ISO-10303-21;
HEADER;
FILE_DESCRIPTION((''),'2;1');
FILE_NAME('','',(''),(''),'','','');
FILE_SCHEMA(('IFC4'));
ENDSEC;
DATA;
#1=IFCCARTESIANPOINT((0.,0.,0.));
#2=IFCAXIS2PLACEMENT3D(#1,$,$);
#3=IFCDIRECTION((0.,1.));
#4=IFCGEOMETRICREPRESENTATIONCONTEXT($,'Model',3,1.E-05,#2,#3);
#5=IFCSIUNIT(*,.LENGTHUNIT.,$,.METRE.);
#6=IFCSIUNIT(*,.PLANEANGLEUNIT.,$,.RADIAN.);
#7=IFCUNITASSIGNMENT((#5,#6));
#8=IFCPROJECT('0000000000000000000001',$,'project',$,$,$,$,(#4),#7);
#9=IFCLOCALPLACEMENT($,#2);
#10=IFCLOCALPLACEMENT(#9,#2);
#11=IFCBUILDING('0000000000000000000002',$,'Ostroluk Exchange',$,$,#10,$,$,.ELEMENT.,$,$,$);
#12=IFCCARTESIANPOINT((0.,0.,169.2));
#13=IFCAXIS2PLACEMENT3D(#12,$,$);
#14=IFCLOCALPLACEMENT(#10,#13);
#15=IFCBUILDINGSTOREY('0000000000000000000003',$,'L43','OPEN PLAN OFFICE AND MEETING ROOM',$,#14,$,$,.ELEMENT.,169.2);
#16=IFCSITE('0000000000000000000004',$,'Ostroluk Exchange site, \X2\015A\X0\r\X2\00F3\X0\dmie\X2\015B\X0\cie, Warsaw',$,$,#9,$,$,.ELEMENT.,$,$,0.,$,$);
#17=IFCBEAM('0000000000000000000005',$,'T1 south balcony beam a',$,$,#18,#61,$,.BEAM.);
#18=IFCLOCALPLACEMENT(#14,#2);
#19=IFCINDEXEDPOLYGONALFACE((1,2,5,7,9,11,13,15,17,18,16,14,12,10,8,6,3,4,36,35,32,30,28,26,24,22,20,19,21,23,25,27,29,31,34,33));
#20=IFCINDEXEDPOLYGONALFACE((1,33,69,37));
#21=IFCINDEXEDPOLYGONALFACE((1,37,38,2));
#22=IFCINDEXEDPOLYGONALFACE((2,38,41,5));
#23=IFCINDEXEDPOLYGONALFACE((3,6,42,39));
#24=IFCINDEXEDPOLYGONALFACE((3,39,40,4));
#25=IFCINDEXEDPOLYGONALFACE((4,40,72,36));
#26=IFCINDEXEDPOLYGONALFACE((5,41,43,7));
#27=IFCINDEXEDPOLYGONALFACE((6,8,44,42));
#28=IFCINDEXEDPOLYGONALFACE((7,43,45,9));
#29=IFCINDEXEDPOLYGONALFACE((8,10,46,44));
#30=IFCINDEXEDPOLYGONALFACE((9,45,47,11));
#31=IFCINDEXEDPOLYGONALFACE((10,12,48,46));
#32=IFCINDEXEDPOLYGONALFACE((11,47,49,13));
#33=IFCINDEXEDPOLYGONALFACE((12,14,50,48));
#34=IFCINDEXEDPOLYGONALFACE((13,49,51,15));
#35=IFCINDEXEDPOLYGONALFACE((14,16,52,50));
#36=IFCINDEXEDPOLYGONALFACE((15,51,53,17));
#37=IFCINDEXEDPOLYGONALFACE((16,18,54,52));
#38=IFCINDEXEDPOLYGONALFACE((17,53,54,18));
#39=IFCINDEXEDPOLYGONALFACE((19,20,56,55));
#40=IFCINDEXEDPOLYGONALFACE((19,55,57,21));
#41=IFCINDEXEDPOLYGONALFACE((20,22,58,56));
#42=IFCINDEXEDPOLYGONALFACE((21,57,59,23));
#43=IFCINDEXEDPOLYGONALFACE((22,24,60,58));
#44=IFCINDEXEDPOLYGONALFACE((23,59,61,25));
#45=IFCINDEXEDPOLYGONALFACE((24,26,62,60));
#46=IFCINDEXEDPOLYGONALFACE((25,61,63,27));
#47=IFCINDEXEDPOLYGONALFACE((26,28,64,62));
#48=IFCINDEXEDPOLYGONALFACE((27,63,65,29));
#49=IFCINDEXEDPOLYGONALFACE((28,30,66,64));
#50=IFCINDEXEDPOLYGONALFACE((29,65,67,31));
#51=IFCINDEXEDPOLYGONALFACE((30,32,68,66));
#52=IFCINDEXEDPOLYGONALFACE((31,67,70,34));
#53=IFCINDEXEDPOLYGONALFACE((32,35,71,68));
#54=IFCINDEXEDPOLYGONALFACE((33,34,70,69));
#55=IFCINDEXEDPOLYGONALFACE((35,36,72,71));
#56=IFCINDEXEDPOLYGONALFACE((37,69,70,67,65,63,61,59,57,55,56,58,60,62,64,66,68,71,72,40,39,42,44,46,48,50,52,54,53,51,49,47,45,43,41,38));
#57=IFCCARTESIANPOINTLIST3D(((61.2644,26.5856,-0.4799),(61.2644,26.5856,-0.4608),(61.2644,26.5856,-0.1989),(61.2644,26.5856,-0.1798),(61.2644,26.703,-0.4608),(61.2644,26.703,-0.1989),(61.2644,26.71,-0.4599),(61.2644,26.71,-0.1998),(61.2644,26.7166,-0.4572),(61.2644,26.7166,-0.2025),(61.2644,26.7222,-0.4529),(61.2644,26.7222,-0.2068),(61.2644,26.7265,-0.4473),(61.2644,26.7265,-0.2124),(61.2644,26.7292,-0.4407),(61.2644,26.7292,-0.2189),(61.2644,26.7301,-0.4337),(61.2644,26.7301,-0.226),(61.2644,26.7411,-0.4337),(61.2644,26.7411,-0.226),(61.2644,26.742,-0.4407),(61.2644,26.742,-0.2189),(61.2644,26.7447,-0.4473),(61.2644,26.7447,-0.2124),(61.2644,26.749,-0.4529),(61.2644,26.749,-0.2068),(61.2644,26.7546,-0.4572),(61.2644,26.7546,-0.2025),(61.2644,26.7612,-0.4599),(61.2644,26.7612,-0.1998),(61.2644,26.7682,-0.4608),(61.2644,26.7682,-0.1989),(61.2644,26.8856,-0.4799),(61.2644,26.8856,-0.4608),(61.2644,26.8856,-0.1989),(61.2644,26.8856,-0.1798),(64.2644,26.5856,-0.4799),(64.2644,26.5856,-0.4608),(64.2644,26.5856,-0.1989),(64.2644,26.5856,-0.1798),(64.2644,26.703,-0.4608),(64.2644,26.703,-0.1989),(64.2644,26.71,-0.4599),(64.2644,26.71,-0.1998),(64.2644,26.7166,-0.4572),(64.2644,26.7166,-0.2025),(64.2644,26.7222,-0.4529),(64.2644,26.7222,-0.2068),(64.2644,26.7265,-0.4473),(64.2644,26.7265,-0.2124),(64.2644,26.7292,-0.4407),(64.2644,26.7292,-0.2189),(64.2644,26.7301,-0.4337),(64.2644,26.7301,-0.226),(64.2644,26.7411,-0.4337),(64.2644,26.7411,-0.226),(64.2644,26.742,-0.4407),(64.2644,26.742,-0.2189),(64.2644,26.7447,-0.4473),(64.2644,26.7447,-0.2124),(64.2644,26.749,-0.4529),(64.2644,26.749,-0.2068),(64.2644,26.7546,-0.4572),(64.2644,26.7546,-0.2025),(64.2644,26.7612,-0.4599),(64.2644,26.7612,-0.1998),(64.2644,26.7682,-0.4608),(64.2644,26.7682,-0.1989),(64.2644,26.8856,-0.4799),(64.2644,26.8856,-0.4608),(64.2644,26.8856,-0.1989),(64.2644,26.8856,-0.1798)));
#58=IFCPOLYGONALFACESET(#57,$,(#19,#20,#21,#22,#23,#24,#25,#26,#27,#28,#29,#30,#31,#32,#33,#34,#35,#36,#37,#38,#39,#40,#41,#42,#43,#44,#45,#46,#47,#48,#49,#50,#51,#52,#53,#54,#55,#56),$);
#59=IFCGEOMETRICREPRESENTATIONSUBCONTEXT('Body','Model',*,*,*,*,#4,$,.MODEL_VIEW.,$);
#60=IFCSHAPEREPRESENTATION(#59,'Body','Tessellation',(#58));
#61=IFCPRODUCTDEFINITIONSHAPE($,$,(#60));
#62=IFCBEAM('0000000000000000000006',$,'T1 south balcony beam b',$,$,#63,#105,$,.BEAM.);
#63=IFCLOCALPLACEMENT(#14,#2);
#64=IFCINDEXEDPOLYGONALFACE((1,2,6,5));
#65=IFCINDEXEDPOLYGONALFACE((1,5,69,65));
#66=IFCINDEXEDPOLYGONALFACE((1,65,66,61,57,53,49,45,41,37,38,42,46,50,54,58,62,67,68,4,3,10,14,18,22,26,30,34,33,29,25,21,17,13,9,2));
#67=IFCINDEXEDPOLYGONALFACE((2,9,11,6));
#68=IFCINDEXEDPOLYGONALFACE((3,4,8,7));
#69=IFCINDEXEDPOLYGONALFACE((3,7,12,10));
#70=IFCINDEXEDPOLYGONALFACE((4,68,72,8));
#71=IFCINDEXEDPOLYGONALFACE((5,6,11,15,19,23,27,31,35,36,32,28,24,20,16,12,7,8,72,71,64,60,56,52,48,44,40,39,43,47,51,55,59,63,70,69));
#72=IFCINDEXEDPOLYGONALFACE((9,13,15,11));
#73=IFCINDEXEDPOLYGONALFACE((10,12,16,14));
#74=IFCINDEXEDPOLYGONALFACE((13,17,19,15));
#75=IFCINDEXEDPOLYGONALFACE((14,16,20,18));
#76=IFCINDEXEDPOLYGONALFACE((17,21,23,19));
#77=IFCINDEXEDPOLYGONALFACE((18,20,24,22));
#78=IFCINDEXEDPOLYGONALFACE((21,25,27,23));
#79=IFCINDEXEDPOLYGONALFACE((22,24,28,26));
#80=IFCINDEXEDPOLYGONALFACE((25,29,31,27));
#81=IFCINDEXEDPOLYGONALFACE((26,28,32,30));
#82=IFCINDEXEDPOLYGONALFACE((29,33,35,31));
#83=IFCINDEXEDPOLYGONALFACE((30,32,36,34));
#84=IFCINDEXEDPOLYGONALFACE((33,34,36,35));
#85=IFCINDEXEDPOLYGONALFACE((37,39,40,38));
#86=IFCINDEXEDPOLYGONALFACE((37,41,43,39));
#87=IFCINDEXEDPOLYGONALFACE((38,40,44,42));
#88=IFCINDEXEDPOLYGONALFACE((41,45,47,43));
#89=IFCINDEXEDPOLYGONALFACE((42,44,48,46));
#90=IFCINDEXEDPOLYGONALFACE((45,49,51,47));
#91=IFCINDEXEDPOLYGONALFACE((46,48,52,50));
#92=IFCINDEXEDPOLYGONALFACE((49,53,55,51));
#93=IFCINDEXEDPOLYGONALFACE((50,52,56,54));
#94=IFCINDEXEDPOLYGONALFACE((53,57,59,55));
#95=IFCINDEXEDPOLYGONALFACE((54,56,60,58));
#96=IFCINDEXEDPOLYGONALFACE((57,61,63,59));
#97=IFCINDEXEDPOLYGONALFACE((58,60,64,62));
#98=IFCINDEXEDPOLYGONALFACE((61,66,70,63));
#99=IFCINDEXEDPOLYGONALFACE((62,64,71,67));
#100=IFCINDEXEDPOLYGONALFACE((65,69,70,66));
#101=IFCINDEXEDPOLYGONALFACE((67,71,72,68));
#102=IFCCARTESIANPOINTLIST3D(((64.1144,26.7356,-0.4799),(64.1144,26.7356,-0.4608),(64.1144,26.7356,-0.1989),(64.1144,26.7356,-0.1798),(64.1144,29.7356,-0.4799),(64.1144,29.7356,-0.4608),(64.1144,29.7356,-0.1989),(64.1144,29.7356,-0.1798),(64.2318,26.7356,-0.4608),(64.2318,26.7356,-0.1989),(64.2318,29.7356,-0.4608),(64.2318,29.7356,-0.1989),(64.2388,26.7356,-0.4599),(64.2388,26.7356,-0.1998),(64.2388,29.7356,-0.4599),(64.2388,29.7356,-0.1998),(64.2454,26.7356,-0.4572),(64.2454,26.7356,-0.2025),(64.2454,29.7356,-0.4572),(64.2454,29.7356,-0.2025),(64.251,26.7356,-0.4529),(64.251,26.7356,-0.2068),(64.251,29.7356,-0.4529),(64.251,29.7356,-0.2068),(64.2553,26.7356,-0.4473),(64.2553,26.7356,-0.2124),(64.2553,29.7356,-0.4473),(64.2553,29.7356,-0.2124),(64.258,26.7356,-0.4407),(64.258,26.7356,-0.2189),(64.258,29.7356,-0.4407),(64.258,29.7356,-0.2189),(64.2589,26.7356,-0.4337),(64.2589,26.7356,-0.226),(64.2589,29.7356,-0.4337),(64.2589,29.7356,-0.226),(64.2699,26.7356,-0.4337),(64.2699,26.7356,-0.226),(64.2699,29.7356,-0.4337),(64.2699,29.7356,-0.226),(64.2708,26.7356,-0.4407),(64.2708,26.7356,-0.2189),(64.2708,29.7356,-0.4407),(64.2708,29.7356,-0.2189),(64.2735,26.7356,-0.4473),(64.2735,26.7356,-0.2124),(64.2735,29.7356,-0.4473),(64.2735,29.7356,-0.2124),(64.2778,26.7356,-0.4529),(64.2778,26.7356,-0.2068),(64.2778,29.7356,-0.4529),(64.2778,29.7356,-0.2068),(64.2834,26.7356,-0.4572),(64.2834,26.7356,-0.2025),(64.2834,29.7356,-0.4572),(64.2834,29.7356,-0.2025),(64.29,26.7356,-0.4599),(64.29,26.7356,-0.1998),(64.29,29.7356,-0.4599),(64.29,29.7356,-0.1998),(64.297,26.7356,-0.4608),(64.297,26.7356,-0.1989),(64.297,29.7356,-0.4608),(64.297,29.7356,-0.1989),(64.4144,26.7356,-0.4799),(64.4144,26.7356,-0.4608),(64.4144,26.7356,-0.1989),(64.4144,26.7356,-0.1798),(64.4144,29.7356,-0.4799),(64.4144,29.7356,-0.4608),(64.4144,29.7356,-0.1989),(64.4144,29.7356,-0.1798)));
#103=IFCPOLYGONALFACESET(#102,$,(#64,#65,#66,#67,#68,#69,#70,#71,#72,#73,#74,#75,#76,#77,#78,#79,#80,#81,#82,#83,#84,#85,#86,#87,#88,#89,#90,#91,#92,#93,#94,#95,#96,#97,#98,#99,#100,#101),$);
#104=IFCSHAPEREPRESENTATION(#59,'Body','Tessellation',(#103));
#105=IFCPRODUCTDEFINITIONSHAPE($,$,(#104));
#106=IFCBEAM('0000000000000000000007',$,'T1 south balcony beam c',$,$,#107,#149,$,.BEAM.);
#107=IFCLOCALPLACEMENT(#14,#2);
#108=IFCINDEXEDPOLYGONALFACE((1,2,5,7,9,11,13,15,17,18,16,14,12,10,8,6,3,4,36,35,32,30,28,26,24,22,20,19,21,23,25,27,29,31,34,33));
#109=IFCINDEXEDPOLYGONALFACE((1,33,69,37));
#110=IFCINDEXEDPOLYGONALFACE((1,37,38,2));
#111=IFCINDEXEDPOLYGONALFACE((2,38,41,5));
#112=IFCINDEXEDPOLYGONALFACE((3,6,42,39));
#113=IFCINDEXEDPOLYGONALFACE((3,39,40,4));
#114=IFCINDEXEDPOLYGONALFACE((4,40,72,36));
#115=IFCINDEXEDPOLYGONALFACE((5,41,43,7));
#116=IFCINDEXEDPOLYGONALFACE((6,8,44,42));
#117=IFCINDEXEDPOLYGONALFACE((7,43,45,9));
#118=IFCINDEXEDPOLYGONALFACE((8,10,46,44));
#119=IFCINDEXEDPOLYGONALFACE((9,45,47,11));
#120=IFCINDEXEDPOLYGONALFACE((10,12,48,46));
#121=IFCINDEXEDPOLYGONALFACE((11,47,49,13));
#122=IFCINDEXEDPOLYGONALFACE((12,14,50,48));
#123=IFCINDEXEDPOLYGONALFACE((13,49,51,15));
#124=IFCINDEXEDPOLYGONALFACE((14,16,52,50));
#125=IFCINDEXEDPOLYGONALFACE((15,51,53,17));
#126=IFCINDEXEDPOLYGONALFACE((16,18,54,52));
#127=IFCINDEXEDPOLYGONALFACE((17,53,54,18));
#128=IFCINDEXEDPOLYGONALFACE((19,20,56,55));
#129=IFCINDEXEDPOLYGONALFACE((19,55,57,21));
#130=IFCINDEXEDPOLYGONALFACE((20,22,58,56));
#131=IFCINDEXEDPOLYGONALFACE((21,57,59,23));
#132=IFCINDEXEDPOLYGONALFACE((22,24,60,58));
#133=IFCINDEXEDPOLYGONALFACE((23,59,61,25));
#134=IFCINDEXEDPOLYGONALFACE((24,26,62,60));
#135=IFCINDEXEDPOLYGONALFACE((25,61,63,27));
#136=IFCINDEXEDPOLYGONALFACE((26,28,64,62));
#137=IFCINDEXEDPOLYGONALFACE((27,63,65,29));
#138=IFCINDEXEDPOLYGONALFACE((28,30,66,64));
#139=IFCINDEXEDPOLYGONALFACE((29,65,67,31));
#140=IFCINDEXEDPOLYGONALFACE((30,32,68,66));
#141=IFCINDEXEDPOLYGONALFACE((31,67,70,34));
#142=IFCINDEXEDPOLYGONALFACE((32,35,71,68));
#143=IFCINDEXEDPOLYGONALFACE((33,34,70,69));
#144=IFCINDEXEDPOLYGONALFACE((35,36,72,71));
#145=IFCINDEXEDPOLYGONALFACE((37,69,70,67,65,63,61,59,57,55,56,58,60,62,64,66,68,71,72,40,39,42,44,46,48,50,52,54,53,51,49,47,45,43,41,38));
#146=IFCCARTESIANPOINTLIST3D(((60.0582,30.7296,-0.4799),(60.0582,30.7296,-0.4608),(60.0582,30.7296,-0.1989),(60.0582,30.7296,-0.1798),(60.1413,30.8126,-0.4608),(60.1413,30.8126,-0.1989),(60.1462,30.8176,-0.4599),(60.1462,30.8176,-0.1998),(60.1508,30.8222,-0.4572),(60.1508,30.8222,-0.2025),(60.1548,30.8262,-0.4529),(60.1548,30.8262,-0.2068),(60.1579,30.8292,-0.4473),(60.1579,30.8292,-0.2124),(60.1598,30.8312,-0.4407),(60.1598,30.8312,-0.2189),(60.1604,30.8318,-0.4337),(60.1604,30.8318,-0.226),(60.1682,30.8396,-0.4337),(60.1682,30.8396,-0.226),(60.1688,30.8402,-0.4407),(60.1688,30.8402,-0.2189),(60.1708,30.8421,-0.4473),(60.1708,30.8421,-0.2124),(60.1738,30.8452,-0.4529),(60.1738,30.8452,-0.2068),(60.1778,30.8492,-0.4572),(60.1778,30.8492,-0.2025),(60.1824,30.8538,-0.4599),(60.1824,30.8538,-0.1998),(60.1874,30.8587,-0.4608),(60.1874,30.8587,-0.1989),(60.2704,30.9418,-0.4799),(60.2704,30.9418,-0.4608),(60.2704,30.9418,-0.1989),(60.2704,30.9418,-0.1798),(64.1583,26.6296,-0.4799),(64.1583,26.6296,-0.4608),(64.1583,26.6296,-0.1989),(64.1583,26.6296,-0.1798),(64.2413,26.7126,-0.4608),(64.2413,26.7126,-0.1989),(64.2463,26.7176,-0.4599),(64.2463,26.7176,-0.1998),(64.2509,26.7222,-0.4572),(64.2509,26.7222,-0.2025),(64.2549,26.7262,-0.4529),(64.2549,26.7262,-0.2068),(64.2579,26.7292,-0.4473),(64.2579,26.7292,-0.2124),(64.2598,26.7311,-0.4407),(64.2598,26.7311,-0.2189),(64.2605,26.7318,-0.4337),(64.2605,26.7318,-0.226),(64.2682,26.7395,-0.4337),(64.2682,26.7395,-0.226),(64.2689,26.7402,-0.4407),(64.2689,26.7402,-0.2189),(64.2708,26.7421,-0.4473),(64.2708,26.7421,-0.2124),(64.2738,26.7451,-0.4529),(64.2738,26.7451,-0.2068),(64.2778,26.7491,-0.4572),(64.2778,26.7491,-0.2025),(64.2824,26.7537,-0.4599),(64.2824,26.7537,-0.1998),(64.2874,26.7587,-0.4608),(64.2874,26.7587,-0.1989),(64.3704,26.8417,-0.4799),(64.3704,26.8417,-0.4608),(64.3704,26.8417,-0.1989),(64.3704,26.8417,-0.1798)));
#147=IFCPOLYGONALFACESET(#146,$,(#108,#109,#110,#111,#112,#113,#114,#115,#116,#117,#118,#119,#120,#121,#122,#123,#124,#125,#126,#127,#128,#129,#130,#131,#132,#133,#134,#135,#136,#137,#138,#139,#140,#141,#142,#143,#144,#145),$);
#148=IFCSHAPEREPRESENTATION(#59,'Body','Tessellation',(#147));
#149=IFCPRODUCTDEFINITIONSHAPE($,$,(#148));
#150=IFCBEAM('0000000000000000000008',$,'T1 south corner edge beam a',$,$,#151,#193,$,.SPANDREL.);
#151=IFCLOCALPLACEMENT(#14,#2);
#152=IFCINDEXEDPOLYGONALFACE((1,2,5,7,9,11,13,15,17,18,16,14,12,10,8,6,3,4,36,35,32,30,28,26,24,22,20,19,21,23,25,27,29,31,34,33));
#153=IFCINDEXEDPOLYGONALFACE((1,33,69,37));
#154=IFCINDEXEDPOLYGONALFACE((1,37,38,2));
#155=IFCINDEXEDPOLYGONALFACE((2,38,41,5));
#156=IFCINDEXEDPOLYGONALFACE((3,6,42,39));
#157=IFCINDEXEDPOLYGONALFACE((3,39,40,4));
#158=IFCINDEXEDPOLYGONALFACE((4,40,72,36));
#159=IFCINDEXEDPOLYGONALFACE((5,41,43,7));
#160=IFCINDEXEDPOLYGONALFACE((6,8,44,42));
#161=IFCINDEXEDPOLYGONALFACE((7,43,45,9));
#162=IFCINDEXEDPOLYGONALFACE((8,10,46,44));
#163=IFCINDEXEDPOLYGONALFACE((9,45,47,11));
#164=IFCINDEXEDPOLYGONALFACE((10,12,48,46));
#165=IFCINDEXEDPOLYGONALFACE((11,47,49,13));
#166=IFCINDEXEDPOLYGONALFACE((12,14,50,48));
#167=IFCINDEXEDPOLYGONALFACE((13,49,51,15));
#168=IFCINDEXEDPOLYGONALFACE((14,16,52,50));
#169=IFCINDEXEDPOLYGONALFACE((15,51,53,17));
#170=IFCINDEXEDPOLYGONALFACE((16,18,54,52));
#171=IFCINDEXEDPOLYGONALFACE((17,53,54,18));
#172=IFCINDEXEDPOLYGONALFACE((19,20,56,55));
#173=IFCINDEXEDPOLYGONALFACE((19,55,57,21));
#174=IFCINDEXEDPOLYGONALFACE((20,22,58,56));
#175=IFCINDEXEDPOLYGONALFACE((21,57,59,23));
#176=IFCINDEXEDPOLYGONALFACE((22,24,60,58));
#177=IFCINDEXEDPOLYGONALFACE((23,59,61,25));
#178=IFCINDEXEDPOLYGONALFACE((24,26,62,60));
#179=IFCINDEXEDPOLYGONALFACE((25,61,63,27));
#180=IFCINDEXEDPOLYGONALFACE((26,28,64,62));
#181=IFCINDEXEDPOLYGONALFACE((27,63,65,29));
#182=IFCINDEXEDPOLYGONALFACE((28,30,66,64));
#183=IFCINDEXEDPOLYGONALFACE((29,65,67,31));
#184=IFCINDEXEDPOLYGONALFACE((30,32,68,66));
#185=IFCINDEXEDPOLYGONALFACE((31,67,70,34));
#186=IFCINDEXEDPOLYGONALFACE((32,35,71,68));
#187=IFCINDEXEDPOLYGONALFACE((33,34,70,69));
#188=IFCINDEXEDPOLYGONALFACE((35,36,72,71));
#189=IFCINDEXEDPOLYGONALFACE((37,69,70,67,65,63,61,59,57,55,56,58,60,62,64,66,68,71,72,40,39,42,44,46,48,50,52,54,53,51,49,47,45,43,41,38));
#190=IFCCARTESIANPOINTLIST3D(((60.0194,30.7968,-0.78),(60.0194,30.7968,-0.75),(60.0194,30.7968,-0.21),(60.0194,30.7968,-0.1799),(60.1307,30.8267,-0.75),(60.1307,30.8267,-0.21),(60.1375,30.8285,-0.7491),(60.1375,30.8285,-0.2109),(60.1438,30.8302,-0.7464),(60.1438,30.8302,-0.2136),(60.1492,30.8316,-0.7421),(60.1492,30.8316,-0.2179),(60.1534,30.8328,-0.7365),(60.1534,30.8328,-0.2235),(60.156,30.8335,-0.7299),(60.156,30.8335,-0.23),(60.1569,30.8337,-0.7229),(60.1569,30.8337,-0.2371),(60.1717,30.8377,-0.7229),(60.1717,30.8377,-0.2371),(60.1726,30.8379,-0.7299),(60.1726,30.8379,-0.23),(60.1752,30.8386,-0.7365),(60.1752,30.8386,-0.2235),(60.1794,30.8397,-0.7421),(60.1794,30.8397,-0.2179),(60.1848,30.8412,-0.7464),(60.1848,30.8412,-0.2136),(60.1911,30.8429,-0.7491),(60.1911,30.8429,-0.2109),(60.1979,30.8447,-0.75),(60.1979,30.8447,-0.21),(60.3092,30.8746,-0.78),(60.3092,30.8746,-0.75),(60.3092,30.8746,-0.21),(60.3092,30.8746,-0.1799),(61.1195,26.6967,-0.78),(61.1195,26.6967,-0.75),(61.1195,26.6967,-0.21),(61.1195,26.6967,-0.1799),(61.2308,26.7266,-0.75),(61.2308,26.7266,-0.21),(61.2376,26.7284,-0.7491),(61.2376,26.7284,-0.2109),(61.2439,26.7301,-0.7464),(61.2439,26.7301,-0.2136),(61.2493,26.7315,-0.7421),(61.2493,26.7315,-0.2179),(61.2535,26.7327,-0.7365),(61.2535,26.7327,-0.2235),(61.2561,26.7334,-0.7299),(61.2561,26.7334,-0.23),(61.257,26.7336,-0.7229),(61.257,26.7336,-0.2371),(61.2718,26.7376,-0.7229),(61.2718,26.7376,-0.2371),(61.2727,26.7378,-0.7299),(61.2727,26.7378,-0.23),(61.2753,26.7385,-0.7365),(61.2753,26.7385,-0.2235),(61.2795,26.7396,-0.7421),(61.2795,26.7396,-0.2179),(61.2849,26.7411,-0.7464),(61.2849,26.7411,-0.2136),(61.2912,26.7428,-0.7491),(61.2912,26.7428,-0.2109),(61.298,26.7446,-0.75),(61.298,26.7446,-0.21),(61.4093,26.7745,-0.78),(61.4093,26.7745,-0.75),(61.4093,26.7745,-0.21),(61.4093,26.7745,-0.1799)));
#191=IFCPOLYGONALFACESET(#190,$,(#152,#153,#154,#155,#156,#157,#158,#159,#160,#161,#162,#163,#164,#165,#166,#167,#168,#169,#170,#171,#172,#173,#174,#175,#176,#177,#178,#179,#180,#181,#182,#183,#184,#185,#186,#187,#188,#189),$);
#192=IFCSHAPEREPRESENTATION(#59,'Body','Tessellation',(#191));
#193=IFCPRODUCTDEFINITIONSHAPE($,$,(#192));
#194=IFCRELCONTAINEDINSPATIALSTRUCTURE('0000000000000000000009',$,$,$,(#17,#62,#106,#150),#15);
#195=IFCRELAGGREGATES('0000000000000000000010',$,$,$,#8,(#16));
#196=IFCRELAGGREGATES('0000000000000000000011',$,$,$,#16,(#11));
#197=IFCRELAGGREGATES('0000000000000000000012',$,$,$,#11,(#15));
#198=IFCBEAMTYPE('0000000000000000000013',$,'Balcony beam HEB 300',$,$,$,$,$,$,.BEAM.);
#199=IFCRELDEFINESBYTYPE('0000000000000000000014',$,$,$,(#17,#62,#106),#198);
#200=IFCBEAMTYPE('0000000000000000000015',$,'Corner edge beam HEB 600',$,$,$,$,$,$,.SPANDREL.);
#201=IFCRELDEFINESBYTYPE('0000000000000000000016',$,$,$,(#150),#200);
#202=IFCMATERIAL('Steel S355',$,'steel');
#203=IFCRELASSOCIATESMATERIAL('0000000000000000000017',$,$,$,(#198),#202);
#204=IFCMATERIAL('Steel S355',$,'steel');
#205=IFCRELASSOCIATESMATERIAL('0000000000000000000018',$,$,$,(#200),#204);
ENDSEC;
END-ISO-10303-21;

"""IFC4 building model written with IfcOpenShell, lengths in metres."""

from ifc_helpers import new_model, si_unit, direction, frame, origin, origin_2d, place, context, subcontext, project, spatial, i_section, extrude, material, material_profile, profile_set, type_object, element, save


model = new_model("IFC4")

# Units and contexts
model_context = context("Model", 3, precision=1e-05, world=origin(), true_north=direction((0.0, 1.0)))
body_context = subcontext(model_context, "Body", "Model", "MODEL_VIEW")
ifc_project = project(units=[si_unit("LENGTHUNIT", "METRE"), si_unit("PLANEANGLEUNIT", "RADIAN")], contexts=[model_context])

# Site, building, storey
site_placement = place(None, origin())
site = spatial("IfcSite", under=ifc_project, at=site_placement, Name="Ostroluk Exchange site, Śródmieście, Warsaw", CompositionType="ELEMENT", RefElevation=0.0)
building_placement = place(site_placement, origin())
building = spatial("IfcBuilding", under=site, at=building_placement, Name="Ostroluk Exchange", CompositionType="ELEMENT")
storey_placement = place(building_placement, frame((0.0, 0.0, 169.2)))
storey = spatial("IfcBuildingStorey", under=building, at=storey_placement, Name="L43", Description="OPEN PLAN OFFICE AND MEETING ROOM", CompositionType="ELEMENT", Elevation=169.2)

# Beams
ifc_material_1 = material(Name="Steel S355", Category="steel")
ifc_material_profile_1 = material_profile(ifc_material_1, i_section(OverallWidth=0.3, OverallDepth=0.3, WebThickness=0.011, FlangeThickness=0.019, FilletRadius=0.0271, at=origin_2d()), Name="HEB 300")
ifc_profile_set_1 = profile_set([ifc_material_profile_1], Name="Steel S355")
beam_type_1 = type_object("IfcBeamType", Name="Balcony beam HEB 300", PredefinedType="BEAM", material=ifc_profile_set_1)
for number, where, z_axis, x_axis, name in (
    (1, (61.2644, 26.7356, -0.3298), (1.0, 0.0, 0.0), (0.0, 1.0, 0.0), "T1 south balcony beam a"),
    (2, (64.2644, 29.7356, -0.3298), (0.0, -1.0, 0.0), (1.0, 0.0, 0.0), "T1 south balcony beam b"),
):
    element("IfcBeam", number, at=place(storey_placement, frame(where, z_axis=z_axis, x_axis=x_axis)), inside=storey, type_object=beam_type_1, Name=name, PredefinedType="BEAM", context=body_context, shape_type="SweptSolid", body=[
        extrude(i_section(OverallWidth=0.3, OverallDepth=0.3, WebThickness=0.011, FlangeThickness=0.019, FilletRadius=0.0271, at=origin_2d()), origin(), (0.0, 0.0, 1.0), 3.0),
    ])
beam_1_placement = place(storey_placement, frame((60.1643, 30.8357, -0.3298), z_axis=(0.707107, -0.707107, 0.0), x_axis=(0.707107, 0.707107, 0.0)))
element("IfcBeam", 3, at=beam_1_placement, inside=storey, type_object=beam_type_1, Name="T1 south balcony beam c", PredefinedType="BEAM", context=body_context, shape_type="SweptSolid", body=[
    extrude(i_section(OverallWidth=0.3, OverallDepth=0.3, WebThickness=0.011, FlangeThickness=0.019, FilletRadius=0.0271, at=origin_2d()), origin(), (0.0, 0.0, 1.0), 5.7983),
])
ifc_material_2 = material(Name="Steel S355", Category="steel")
ifc_material_profile_2 = material_profile(ifc_material_2, i_section(OverallWidth=0.3, OverallDepth=0.6001, WebThickness=0.0154, FlangeThickness=0.03, FilletRadius=0.0271, at=origin_2d()), Name="HEB 600")
ifc_profile_set_2 = profile_set([ifc_material_profile_2], Name="Steel S355")
beam_type_2 = type_object("IfcBeamType", Name="Corner edge beam HEB 600", PredefinedType="SPANDREL", material=ifc_profile_set_2)
for number, where, z_axis, x_axis, name in (
    (4, (60.1643, 30.8357, -0.48), (0.259144, -0.965839, 0.0), (0.965839, 0.259144, 0.0), "T1 south corner edge beam a"),
):
    element("IfcBeam", number, at=place(storey_placement, frame(where, z_axis=z_axis, x_axis=x_axis)), inside=storey, type_object=beam_type_2, Name=name, PredefinedType="SPANDREL", context=body_context, shape_type="SweptSolid", body=[
        extrude(i_section(OverallWidth=0.3, OverallDepth=0.6001, WebThickness=0.0154, FlangeThickness=0.03, FilletRadius=0.0271, at=origin_2d()), origin(), (0.0, 0.0, 1.0), 4.2451),
    ])

save(model, "model.ifc")
